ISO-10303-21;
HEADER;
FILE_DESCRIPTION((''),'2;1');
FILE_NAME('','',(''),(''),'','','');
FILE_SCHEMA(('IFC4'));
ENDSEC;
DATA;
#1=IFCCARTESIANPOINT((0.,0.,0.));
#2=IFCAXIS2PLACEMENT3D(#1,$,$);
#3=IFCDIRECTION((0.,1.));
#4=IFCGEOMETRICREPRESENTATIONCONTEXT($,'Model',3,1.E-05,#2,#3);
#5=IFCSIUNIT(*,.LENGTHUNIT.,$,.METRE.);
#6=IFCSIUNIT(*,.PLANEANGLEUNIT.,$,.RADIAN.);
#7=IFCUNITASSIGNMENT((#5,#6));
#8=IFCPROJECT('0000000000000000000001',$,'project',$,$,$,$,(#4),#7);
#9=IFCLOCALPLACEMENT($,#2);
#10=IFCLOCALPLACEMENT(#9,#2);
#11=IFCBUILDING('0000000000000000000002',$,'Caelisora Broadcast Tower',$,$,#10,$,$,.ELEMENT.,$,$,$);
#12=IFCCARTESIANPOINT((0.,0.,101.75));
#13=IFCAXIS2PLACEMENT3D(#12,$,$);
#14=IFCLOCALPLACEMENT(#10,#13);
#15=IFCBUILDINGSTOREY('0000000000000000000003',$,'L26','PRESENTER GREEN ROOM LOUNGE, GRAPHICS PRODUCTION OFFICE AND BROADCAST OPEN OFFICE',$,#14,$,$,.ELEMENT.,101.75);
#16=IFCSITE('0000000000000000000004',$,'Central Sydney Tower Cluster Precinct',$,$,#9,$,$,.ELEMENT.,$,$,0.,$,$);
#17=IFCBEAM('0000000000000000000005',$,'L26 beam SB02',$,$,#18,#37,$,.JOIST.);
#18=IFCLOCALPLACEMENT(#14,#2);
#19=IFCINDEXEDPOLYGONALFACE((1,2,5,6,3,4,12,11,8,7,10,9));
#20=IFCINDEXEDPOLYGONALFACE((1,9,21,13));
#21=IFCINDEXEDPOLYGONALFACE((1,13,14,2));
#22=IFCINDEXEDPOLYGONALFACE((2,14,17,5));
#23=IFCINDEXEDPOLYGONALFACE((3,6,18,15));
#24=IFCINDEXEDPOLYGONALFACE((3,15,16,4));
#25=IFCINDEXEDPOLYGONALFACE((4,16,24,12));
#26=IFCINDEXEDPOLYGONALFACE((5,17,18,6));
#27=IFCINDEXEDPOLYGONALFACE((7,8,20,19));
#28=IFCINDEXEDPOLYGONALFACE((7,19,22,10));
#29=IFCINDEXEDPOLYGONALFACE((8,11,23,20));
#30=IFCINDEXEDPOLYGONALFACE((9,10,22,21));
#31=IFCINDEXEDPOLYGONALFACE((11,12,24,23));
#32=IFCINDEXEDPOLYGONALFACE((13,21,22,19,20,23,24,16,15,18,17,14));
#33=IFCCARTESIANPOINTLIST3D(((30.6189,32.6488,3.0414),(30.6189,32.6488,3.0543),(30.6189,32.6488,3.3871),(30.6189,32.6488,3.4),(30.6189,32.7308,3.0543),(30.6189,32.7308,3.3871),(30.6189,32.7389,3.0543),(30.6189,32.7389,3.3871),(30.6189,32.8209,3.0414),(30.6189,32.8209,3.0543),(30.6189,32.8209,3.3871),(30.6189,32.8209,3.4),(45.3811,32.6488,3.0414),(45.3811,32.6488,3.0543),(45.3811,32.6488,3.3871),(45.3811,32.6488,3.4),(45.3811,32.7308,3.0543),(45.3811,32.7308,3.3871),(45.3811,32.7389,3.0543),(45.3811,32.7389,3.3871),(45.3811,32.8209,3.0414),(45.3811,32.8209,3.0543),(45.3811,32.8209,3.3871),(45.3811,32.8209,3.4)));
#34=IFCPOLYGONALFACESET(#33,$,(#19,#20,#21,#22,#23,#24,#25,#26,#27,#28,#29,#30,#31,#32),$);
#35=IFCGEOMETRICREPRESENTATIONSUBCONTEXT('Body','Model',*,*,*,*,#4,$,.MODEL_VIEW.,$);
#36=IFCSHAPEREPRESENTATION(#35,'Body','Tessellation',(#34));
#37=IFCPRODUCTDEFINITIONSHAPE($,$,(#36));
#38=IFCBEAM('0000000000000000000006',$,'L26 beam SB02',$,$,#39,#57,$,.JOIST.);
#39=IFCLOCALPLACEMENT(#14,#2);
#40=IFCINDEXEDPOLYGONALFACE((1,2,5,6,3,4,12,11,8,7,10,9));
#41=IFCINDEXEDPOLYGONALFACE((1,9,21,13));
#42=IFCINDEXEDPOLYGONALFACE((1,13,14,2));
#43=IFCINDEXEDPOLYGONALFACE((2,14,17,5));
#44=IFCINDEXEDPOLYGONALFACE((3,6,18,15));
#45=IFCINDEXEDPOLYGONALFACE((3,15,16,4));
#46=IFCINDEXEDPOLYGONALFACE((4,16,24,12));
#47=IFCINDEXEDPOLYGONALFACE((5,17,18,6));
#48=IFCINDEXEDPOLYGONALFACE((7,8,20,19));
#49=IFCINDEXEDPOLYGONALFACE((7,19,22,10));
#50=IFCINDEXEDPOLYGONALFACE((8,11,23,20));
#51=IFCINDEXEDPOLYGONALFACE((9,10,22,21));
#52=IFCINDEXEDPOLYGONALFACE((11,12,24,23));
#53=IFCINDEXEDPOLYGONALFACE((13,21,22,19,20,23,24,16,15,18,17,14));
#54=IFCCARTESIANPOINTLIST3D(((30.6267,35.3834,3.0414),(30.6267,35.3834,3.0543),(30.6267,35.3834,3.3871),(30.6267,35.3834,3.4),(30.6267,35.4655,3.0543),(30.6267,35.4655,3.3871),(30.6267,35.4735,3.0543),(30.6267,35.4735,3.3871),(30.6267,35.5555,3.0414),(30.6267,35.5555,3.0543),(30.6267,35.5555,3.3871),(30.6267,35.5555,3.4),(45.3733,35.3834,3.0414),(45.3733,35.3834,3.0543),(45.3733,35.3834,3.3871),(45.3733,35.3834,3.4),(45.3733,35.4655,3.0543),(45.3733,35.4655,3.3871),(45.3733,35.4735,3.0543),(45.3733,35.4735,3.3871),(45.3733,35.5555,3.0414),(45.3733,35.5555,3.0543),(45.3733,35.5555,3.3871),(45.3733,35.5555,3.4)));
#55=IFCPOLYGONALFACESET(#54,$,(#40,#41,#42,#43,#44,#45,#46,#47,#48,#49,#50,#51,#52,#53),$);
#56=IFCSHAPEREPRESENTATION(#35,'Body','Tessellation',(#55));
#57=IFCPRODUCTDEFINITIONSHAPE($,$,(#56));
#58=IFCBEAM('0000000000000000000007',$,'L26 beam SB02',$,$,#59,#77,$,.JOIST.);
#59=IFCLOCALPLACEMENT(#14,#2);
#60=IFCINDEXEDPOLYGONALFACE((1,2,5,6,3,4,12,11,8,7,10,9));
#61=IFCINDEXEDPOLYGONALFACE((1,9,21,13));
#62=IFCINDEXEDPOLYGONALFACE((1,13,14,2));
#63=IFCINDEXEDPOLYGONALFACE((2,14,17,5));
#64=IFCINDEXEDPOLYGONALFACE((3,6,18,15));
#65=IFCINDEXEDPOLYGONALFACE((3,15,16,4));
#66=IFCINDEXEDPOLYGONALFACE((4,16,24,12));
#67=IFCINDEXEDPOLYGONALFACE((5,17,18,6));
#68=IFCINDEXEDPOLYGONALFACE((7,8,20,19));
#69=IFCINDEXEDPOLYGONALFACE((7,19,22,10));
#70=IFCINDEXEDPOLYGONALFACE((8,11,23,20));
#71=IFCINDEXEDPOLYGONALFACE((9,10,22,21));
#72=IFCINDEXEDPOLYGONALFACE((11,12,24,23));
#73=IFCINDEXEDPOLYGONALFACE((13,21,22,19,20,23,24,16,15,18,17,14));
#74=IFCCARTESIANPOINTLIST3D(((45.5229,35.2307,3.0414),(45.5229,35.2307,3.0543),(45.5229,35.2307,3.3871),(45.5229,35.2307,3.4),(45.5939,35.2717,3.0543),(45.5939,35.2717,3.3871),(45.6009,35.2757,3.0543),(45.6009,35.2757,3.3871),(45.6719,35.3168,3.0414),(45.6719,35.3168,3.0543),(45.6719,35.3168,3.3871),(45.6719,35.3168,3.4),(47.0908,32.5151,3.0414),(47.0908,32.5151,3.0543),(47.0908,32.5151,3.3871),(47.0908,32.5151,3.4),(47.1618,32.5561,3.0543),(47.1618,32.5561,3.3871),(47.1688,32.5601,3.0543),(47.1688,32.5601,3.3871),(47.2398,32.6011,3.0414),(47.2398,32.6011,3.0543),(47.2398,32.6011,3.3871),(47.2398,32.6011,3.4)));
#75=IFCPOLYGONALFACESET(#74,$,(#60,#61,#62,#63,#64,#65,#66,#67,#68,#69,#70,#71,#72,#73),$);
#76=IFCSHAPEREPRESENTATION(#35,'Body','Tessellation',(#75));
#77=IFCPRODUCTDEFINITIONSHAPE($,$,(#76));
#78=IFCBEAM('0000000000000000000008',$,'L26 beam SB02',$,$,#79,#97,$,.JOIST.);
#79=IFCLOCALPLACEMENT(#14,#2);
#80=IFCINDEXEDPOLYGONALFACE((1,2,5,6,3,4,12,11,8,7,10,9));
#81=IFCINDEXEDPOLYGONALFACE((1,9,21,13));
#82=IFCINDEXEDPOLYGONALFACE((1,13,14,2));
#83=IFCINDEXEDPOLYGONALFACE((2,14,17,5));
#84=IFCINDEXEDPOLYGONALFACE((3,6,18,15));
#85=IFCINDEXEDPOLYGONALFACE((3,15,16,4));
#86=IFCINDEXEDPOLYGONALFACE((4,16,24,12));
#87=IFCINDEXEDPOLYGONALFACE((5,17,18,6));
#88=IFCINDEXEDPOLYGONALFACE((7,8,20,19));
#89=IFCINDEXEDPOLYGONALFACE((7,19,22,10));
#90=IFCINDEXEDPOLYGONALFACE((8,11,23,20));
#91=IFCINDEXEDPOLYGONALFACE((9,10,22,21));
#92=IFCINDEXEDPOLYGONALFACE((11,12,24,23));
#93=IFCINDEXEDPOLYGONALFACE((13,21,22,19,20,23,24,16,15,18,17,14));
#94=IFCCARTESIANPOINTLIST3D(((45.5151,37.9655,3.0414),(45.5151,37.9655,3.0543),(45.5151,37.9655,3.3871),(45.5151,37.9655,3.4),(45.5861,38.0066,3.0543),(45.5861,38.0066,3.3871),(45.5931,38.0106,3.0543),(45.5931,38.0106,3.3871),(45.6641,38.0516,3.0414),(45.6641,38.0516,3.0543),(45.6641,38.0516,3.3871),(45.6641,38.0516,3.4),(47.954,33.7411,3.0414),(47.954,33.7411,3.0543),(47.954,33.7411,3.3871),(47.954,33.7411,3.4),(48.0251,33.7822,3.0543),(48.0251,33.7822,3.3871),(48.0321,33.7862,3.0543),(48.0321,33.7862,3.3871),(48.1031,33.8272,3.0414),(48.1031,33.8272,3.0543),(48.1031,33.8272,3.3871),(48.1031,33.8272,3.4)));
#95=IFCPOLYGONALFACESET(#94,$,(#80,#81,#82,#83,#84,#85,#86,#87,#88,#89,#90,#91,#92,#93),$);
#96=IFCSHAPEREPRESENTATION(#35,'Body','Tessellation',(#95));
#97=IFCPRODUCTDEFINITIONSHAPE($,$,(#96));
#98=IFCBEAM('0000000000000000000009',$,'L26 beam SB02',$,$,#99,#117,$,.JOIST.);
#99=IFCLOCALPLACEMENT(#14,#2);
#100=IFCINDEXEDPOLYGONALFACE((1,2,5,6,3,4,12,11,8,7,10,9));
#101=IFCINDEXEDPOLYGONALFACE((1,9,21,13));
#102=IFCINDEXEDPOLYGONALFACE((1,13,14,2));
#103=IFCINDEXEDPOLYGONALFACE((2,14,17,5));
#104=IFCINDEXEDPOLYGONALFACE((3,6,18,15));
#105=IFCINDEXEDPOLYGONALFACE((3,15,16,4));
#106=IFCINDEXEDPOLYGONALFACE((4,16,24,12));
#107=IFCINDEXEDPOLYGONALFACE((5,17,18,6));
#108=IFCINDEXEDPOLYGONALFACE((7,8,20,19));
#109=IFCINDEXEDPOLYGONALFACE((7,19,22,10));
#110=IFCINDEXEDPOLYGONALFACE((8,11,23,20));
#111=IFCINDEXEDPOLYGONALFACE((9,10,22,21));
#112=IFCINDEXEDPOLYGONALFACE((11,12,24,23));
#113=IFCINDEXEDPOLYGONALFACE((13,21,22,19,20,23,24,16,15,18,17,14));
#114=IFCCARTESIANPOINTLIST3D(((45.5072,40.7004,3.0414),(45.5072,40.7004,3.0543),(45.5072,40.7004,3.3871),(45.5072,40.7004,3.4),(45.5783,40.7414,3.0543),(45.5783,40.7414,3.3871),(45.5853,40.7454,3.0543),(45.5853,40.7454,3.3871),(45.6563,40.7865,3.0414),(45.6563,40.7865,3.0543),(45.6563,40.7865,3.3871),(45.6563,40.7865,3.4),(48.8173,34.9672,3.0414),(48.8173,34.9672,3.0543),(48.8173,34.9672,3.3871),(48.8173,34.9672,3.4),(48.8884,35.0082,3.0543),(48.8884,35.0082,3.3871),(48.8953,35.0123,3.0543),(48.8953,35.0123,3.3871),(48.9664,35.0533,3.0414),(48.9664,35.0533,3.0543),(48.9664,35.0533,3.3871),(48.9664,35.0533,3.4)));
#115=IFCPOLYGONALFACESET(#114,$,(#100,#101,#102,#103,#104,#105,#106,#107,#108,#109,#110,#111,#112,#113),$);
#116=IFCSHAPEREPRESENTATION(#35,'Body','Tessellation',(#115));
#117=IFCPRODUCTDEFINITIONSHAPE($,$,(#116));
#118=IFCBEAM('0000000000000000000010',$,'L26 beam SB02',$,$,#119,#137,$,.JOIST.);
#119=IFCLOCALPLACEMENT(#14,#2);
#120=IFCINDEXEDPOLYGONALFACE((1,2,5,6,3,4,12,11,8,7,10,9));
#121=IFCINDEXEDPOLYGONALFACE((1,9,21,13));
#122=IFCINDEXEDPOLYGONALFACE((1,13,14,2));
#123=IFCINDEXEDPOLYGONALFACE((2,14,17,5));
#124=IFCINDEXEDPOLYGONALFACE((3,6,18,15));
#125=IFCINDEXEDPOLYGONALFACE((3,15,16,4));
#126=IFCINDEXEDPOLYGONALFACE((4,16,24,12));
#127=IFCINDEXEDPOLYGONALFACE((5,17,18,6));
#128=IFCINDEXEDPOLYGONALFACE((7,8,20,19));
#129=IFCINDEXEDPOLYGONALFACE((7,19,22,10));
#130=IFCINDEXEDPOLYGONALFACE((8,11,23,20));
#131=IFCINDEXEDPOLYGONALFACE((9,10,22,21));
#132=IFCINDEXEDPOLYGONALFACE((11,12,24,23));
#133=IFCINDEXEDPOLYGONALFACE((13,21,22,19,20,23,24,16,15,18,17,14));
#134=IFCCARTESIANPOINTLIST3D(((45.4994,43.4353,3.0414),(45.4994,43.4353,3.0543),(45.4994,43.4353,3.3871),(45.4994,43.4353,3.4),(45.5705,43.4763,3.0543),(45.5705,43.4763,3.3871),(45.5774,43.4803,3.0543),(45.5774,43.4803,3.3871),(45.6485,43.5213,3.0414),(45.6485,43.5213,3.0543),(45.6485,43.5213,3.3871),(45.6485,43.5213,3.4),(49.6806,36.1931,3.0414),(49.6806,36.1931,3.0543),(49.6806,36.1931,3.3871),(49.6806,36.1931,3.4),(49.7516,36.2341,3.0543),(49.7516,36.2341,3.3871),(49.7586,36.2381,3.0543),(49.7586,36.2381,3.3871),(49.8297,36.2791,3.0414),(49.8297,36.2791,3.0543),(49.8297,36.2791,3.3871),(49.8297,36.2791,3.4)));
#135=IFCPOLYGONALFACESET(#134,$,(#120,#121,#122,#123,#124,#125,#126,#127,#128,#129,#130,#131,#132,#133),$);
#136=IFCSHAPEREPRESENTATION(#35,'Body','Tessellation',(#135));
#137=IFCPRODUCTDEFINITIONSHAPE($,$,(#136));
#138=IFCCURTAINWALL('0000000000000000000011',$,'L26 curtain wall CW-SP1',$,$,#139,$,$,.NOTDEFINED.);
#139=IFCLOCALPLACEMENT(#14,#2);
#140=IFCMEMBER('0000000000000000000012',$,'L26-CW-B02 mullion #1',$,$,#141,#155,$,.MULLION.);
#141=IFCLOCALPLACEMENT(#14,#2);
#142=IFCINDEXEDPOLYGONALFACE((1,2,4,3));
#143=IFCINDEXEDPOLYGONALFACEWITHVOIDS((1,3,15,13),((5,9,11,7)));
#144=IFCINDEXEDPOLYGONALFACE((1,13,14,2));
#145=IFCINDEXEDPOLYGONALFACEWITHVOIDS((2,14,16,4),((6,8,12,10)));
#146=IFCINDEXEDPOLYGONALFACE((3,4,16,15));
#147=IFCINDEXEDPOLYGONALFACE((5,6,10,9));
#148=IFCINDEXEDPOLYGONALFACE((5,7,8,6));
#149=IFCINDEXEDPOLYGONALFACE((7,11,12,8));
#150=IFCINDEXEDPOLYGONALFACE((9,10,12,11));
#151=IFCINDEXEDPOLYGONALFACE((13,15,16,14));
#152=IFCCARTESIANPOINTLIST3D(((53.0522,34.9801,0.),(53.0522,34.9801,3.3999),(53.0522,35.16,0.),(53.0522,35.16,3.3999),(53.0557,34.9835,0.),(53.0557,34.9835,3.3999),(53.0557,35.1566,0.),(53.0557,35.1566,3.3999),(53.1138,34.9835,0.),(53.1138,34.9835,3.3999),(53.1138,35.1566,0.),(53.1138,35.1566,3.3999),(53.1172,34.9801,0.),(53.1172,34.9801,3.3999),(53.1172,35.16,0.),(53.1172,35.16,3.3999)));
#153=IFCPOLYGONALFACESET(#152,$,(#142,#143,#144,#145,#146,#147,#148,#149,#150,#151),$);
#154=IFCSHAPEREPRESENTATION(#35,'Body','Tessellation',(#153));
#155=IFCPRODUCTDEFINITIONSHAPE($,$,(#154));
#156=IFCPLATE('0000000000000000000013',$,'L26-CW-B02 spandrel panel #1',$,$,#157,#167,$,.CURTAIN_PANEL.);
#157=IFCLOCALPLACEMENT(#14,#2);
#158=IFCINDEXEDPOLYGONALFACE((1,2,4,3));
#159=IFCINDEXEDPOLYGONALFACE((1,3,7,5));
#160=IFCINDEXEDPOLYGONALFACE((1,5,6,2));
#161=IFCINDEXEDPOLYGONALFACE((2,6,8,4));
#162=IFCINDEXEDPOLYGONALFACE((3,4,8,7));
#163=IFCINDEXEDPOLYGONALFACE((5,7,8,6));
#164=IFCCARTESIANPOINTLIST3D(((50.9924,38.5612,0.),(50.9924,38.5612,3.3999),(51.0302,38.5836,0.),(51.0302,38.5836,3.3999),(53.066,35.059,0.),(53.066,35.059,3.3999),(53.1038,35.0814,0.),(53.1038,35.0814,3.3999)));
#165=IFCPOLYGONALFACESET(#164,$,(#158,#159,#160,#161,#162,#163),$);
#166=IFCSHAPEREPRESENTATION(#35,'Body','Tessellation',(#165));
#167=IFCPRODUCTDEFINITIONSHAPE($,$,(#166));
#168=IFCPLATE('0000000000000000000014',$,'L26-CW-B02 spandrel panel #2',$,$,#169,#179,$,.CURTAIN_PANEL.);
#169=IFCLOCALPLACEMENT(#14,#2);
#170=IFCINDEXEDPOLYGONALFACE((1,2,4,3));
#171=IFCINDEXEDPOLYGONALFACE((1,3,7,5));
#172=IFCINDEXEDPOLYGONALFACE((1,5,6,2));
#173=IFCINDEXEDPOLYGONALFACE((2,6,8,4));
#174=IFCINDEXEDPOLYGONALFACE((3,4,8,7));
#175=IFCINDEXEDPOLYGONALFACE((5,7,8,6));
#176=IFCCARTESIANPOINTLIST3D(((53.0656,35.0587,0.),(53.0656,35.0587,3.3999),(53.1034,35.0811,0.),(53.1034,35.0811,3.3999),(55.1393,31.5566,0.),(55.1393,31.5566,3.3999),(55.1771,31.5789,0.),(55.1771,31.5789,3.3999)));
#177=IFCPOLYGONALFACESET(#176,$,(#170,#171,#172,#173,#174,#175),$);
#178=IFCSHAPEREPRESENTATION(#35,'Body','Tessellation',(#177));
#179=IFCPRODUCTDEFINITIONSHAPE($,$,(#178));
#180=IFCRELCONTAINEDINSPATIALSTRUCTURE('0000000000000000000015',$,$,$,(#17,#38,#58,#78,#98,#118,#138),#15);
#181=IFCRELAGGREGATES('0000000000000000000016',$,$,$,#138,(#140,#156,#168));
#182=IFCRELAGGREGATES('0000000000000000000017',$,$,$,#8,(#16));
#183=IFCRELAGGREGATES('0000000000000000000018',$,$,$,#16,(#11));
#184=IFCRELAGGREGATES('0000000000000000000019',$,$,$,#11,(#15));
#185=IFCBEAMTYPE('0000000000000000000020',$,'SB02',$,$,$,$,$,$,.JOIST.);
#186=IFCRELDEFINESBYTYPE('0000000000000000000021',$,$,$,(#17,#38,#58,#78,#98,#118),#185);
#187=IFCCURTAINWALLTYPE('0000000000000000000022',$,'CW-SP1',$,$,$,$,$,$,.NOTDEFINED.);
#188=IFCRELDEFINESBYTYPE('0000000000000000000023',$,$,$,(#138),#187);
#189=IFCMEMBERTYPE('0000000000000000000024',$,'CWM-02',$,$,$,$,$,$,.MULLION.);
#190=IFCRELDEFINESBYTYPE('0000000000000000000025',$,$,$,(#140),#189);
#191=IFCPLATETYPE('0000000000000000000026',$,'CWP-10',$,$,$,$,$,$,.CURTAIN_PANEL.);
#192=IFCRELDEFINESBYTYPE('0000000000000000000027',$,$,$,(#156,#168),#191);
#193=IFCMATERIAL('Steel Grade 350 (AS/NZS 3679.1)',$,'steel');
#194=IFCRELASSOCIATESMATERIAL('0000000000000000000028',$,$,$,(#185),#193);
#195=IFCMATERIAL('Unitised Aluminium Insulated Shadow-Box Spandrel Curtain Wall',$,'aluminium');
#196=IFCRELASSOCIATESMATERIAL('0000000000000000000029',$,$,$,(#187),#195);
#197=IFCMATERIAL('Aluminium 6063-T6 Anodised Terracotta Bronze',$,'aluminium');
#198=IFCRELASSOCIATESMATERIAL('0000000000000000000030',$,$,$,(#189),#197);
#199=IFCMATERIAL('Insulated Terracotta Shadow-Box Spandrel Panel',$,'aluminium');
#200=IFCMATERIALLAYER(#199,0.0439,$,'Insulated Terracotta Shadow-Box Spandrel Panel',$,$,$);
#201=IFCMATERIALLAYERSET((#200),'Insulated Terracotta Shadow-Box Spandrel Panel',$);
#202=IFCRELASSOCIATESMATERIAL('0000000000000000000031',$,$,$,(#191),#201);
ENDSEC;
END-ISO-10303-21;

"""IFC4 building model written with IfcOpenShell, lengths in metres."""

from ifc_helpers import new_model, si_unit, direction, frame, origin, origin_2d, place, context, subcontext, project, spatial, rectangle, hollow_rectangle, i_section, extrude, source, transform, mapped, material, layer, layer_set, material_profile, profile_set, type_object, type_shapes, element, aggregate, save


model = new_model("IFC4")

# Units and contexts
model_context = context("Model", 3, precision=1e-05, world=origin(), true_north=direction((0.0, 1.0)))
body_context = subcontext(model_context, "Body", "Model", "MODEL_VIEW")
ifc_project = project(units=[si_unit("LENGTHUNIT", "METRE"), si_unit("PLANEANGLEUNIT", "RADIAN")], contexts=[model_context])

# Site, building, storey
site_placement = place(None, origin())
site = spatial("IfcSite", under=ifc_project, at=site_placement, Name="Central Sydney Tower Cluster Precinct", CompositionType="ELEMENT", RefElevation=0.0)
building_placement = place(site_placement, origin())
building = spatial("IfcBuilding", under=site, at=building_placement, Name="Caelisora Broadcast Tower", CompositionType="ELEMENT")
storey_placement = place(building_placement, frame((0.0, 0.0, 101.75)))
storey = spatial("IfcBuildingStorey", under=building, at=storey_placement, Name="L26", Description="PRESENTER GREEN ROOM LOUNGE, GRAPHICS PRODUCTION OFFICE AND BROADCAST OPEN OFFICE", CompositionType="ELEMENT", Elevation=101.75)

# Beams
ifc_material_1 = material(Name="Steel Grade 350 (AS/NZS 3679.1)", Category="steel")
ifc_material_profile_1 = material_profile(ifc_material_1, i_section(OverallWidth=0.1721, OverallDepth=0.3586, WebThickness=0.0081, FlangeThickness=0.0129, at=origin_2d()), Name="Steel Grade 350 (AS/NZS 3679.1)")
ifc_profile_set_1 = profile_set([ifc_material_profile_1], Name="Steel Grade 350 (AS/NZS 3679.1)")
beam_type = type_object("IfcBeamType", Name="SB02", PredefinedType="JOIST", material=ifc_profile_set_1)
shared_shape_1 = source(origin(), body_context, "Body", "SweptSolid", [
    extrude(i_section(OverallWidth=0.1721, OverallDepth=0.3586, WebThickness=0.0081, FlangeThickness=0.0129, at=origin_2d()), origin(), (0.0, 0.0, 1.0), 14.7622),
])
beam_1_placement = place(storey_placement, frame((45.3811, 32.7349, 3.2207), z_axis=(-1.0, 0.0, 0.0), x_axis=(0.0, -1.0, 0.0)))
element("IfcBeam", 1, at=beam_1_placement, inside=storey, type_object=beam_type, Name="L26 beam SB02", PredefinedType="JOIST", context=body_context, shape_type="MappedRepresentation", body=[
    mapped(shared_shape_1, transform((0.0, 0.0, 0.0), scale=1.0)),
])
shared_shape_2 = source(origin(), body_context, "Body", "SweptSolid", [
    extrude(i_section(OverallWidth=0.1721, OverallDepth=0.3586, WebThickness=0.0081, FlangeThickness=0.0129, at=origin_2d()), origin(), (0.0, 0.0, 1.0), 14.7466),
])
beam_2_placement = place(storey_placement, frame((45.3733, 35.4695, 3.2207), z_axis=(-1.0, 0.0, 0.0), x_axis=(0.0, -1.0, 0.0)))
element("IfcBeam", 2, at=beam_2_placement, inside=storey, type_object=beam_type, Name="L26 beam SB02", PredefinedType="JOIST", context=body_context, shape_type="MappedRepresentation", body=[
    mapped(shared_shape_2, transform((0.0, 0.0, 0.0), scale=1.0)),
])
shared_shape_3 = source(origin(), body_context, "Body", "SweptSolid", [
    extrude(i_section(OverallWidth=0.1721, OverallDepth=0.3586, WebThickness=0.0081, FlangeThickness=0.0129, at=origin_2d()), origin(), (0.0, 0.0, 1.0), 3.1357),
])
beam_3_placement = place(storey_placement, frame((47.1653, 32.5581, 3.2207), z_axis=(-0.500008, 0.866021, 0.0), x_axis=(-0.866021, -0.500008, 0.0)))
element("IfcBeam", 3, at=beam_3_placement, inside=storey, type_object=beam_type, Name="L26 beam SB02", PredefinedType="JOIST", context=body_context, shape_type="MappedRepresentation", body=[
    mapped(shared_shape_3, transform((0.0, 0.0, 0.0), scale=1.0)),
])
shared_shape_4 = source(origin(), body_context, "Body", "SweptSolid", [
    extrude(i_section(OverallWidth=0.1721, OverallDepth=0.3586, WebThickness=0.0081, FlangeThickness=0.0129, at=origin_2d()), origin(), (0.0, 0.0, 1.0), 4.8779),
])
beam_4_placement = place(storey_placement, frame((48.0286, 33.7842, 3.2207), z_axis=(-0.500004, 0.866023, 0.0), x_axis=(-0.866023, -0.500004, 0.0)))
element("IfcBeam", 4, at=beam_4_placement, inside=storey, type_object=beam_type, Name="L26 beam SB02", PredefinedType="JOIST", context=body_context, shape_type="MappedRepresentation", body=[
    mapped(shared_shape_4, transform((0.0, 0.0, 0.0), scale=1.0)),
])
shared_shape_5 = source(origin(), body_context, "Body", "SweptSolid", [
    extrude(i_section(OverallWidth=0.1721, OverallDepth=0.3586, WebThickness=0.0081, FlangeThickness=0.0129, at=origin_2d()), origin(), (0.0, 0.0, 1.0), 6.6201),
])
beam_5_placement = place(storey_placement, frame((48.8918, 35.0103, 3.2207), z_axis=(-0.500002, 0.866024, 0.0), x_axis=(-0.866024, -0.500002, 0.0)))
element("IfcBeam", 5, at=beam_5_placement, inside=storey, type_object=beam_type, Name="L26 beam SB02", PredefinedType="JOIST", context=body_context, shape_type="MappedRepresentation", body=[
    mapped(shared_shape_5, transform((0.0, 0.0, 0.0), scale=1.0)),
])
shared_shape_6 = source(origin(), body_context, "Body", "SweptSolid", [
    extrude(i_section(OverallWidth=0.1721, OverallDepth=0.3586, WebThickness=0.0081, FlangeThickness=0.0129, at=origin_2d()), origin(), (0.0, 0.0, 1.0), 8.3625),
])
type_shapes(beam_type, [shared_shape_1, shared_shape_2, shared_shape_3, shared_shape_4, shared_shape_5, shared_shape_6])
beam_6_placement = place(storey_placement, frame((49.7551, 36.2361, 3.2207), z_axis=(-0.499989, 0.866032, 0.0), x_axis=(-0.866032, -0.499989, 0.0)))
element("IfcBeam", 6, at=beam_6_placement, inside=storey, type_object=beam_type, Name="L26 beam SB02", PredefinedType="JOIST", context=body_context, shape_type="MappedRepresentation", body=[
    mapped(shared_shape_6, transform((0.0, 0.0, 0.0), scale=1.0)),
])

# Curtain wall, member, plates
ifc_material_2 = material(Name="Unitised Aluminium Insulated Shadow-Box Spandrel Curtain Wall", Category="aluminium")
curtain_wall_type = type_object("IfcCurtainWallType", Name="CW-SP1", PredefinedType="NOTDEFINED", material=ifc_material_2)
curtain_wall_placement = place(storey_placement, origin())
curtain_wall = element("IfcCurtainWall", 7, at=curtain_wall_placement, inside=storey, type_object=curtain_wall_type, Name="L26 curtain wall CW-SP1", PredefinedType="NOTDEFINED")
ifc_material_3 = material(Name="Aluminium 6063-T6 Anodised Terracotta Bronze", Category="aluminium")
ifc_material_profile_2 = material_profile(ifc_material_3, hollow_rectangle(XDim=0.0649, YDim=0.1799, WallThickness=0.0034, at=origin_2d()), Name="Aluminium 6063-T6 Anodised Terracotta Bronze")
ifc_profile_set_2 = profile_set([ifc_material_profile_2], Name="Aluminium 6063-T6 Anodised Terracotta Bronze")
member_type = type_object("IfcMemberType", Name="CWM-02", PredefinedType="MULLION", material=ifc_profile_set_2)
shared_shape_7 = source(origin(), body_context, "Body", "SweptSolid", [
    extrude(hollow_rectangle(XDim=0.0649, YDim=0.1799, WallThickness=0.0034, at=origin_2d()), origin(), (0.0, 0.0, 1.0), 3.3999),
])
type_shapes(member_type, [shared_shape_7])
member_placement = place(storey_placement, frame((53.0847, 35.0701, 0.0), z_axis=(0.0, 0.0, 1.0), x_axis=(1.0, 0.0, 0.0)))
member = element("IfcMember", 8, at=member_placement, type_object=member_type, Name="L26-CW-B02 mullion #1", PredefinedType="MULLION", context=body_context, shape_type="MappedRepresentation", body=[
    mapped(shared_shape_7, transform((0.0, 0.0, 0.0), scale=1.0)),
])
ifc_material_4 = material(Name="Insulated Terracotta Shadow-Box Spandrel Panel", Category="aluminium")
ifc_layer_1 = layer(ifc_material_4, 0.0439, Name="Insulated Terracotta Shadow-Box Spandrel Panel")
ifc_layer_set_1 = layer_set([ifc_layer_1], Name="Insulated Terracotta Shadow-Box Spandrel Panel")
plate_type = type_object("IfcPlateType", Name="CWP-10", PredefinedType="CURTAIN_PANEL", material=ifc_layer_set_1)
shared_shape_8 = source(origin(), body_context, "Body", "SweptSolid", [
    extrude(rectangle(XDim=4.0701, YDim=0.0439, at=origin_2d()), origin(), (0.0, 0.0, 1.0), 3.3999),
])
type_shapes(plate_type, [shared_shape_8])
plate_1_placement = place(storey_placement, frame((52.0481, 36.8213, 0.0), z_axis=(0.0, 0.0, 1.0), x_axis=(0.509492, -0.860475, 0.0)))
plate_1 = element("IfcPlate", 9, at=plate_1_placement, type_object=plate_type, Name="L26-CW-B02 spandrel panel #1", PredefinedType="CURTAIN_PANEL", context=body_context, shape_type="MappedRepresentation", body=[
    mapped(shared_shape_8, transform((0.0, 0.0, 0.0), scale=1.0)),
])
plate_2_placement = place(storey_placement, frame((54.1213, 33.3188, 0.0), z_axis=(0.0, 0.0, 1.0), x_axis=(0.509492, -0.860475, 0.0)))
plate_2 = element("IfcPlate", 10, at=plate_2_placement, type_object=plate_type, Name="L26-CW-B02 spandrel panel #2", PredefinedType="CURTAIN_PANEL", context=body_context, shape_type="MappedRepresentation", body=[
    mapped(shared_shape_8, transform((0.0, 0.0, 0.0), scale=1.0)),
])
aggregate(curtain_wall, [member, plate_1, plate_2])

save(model, "model.ifc")
